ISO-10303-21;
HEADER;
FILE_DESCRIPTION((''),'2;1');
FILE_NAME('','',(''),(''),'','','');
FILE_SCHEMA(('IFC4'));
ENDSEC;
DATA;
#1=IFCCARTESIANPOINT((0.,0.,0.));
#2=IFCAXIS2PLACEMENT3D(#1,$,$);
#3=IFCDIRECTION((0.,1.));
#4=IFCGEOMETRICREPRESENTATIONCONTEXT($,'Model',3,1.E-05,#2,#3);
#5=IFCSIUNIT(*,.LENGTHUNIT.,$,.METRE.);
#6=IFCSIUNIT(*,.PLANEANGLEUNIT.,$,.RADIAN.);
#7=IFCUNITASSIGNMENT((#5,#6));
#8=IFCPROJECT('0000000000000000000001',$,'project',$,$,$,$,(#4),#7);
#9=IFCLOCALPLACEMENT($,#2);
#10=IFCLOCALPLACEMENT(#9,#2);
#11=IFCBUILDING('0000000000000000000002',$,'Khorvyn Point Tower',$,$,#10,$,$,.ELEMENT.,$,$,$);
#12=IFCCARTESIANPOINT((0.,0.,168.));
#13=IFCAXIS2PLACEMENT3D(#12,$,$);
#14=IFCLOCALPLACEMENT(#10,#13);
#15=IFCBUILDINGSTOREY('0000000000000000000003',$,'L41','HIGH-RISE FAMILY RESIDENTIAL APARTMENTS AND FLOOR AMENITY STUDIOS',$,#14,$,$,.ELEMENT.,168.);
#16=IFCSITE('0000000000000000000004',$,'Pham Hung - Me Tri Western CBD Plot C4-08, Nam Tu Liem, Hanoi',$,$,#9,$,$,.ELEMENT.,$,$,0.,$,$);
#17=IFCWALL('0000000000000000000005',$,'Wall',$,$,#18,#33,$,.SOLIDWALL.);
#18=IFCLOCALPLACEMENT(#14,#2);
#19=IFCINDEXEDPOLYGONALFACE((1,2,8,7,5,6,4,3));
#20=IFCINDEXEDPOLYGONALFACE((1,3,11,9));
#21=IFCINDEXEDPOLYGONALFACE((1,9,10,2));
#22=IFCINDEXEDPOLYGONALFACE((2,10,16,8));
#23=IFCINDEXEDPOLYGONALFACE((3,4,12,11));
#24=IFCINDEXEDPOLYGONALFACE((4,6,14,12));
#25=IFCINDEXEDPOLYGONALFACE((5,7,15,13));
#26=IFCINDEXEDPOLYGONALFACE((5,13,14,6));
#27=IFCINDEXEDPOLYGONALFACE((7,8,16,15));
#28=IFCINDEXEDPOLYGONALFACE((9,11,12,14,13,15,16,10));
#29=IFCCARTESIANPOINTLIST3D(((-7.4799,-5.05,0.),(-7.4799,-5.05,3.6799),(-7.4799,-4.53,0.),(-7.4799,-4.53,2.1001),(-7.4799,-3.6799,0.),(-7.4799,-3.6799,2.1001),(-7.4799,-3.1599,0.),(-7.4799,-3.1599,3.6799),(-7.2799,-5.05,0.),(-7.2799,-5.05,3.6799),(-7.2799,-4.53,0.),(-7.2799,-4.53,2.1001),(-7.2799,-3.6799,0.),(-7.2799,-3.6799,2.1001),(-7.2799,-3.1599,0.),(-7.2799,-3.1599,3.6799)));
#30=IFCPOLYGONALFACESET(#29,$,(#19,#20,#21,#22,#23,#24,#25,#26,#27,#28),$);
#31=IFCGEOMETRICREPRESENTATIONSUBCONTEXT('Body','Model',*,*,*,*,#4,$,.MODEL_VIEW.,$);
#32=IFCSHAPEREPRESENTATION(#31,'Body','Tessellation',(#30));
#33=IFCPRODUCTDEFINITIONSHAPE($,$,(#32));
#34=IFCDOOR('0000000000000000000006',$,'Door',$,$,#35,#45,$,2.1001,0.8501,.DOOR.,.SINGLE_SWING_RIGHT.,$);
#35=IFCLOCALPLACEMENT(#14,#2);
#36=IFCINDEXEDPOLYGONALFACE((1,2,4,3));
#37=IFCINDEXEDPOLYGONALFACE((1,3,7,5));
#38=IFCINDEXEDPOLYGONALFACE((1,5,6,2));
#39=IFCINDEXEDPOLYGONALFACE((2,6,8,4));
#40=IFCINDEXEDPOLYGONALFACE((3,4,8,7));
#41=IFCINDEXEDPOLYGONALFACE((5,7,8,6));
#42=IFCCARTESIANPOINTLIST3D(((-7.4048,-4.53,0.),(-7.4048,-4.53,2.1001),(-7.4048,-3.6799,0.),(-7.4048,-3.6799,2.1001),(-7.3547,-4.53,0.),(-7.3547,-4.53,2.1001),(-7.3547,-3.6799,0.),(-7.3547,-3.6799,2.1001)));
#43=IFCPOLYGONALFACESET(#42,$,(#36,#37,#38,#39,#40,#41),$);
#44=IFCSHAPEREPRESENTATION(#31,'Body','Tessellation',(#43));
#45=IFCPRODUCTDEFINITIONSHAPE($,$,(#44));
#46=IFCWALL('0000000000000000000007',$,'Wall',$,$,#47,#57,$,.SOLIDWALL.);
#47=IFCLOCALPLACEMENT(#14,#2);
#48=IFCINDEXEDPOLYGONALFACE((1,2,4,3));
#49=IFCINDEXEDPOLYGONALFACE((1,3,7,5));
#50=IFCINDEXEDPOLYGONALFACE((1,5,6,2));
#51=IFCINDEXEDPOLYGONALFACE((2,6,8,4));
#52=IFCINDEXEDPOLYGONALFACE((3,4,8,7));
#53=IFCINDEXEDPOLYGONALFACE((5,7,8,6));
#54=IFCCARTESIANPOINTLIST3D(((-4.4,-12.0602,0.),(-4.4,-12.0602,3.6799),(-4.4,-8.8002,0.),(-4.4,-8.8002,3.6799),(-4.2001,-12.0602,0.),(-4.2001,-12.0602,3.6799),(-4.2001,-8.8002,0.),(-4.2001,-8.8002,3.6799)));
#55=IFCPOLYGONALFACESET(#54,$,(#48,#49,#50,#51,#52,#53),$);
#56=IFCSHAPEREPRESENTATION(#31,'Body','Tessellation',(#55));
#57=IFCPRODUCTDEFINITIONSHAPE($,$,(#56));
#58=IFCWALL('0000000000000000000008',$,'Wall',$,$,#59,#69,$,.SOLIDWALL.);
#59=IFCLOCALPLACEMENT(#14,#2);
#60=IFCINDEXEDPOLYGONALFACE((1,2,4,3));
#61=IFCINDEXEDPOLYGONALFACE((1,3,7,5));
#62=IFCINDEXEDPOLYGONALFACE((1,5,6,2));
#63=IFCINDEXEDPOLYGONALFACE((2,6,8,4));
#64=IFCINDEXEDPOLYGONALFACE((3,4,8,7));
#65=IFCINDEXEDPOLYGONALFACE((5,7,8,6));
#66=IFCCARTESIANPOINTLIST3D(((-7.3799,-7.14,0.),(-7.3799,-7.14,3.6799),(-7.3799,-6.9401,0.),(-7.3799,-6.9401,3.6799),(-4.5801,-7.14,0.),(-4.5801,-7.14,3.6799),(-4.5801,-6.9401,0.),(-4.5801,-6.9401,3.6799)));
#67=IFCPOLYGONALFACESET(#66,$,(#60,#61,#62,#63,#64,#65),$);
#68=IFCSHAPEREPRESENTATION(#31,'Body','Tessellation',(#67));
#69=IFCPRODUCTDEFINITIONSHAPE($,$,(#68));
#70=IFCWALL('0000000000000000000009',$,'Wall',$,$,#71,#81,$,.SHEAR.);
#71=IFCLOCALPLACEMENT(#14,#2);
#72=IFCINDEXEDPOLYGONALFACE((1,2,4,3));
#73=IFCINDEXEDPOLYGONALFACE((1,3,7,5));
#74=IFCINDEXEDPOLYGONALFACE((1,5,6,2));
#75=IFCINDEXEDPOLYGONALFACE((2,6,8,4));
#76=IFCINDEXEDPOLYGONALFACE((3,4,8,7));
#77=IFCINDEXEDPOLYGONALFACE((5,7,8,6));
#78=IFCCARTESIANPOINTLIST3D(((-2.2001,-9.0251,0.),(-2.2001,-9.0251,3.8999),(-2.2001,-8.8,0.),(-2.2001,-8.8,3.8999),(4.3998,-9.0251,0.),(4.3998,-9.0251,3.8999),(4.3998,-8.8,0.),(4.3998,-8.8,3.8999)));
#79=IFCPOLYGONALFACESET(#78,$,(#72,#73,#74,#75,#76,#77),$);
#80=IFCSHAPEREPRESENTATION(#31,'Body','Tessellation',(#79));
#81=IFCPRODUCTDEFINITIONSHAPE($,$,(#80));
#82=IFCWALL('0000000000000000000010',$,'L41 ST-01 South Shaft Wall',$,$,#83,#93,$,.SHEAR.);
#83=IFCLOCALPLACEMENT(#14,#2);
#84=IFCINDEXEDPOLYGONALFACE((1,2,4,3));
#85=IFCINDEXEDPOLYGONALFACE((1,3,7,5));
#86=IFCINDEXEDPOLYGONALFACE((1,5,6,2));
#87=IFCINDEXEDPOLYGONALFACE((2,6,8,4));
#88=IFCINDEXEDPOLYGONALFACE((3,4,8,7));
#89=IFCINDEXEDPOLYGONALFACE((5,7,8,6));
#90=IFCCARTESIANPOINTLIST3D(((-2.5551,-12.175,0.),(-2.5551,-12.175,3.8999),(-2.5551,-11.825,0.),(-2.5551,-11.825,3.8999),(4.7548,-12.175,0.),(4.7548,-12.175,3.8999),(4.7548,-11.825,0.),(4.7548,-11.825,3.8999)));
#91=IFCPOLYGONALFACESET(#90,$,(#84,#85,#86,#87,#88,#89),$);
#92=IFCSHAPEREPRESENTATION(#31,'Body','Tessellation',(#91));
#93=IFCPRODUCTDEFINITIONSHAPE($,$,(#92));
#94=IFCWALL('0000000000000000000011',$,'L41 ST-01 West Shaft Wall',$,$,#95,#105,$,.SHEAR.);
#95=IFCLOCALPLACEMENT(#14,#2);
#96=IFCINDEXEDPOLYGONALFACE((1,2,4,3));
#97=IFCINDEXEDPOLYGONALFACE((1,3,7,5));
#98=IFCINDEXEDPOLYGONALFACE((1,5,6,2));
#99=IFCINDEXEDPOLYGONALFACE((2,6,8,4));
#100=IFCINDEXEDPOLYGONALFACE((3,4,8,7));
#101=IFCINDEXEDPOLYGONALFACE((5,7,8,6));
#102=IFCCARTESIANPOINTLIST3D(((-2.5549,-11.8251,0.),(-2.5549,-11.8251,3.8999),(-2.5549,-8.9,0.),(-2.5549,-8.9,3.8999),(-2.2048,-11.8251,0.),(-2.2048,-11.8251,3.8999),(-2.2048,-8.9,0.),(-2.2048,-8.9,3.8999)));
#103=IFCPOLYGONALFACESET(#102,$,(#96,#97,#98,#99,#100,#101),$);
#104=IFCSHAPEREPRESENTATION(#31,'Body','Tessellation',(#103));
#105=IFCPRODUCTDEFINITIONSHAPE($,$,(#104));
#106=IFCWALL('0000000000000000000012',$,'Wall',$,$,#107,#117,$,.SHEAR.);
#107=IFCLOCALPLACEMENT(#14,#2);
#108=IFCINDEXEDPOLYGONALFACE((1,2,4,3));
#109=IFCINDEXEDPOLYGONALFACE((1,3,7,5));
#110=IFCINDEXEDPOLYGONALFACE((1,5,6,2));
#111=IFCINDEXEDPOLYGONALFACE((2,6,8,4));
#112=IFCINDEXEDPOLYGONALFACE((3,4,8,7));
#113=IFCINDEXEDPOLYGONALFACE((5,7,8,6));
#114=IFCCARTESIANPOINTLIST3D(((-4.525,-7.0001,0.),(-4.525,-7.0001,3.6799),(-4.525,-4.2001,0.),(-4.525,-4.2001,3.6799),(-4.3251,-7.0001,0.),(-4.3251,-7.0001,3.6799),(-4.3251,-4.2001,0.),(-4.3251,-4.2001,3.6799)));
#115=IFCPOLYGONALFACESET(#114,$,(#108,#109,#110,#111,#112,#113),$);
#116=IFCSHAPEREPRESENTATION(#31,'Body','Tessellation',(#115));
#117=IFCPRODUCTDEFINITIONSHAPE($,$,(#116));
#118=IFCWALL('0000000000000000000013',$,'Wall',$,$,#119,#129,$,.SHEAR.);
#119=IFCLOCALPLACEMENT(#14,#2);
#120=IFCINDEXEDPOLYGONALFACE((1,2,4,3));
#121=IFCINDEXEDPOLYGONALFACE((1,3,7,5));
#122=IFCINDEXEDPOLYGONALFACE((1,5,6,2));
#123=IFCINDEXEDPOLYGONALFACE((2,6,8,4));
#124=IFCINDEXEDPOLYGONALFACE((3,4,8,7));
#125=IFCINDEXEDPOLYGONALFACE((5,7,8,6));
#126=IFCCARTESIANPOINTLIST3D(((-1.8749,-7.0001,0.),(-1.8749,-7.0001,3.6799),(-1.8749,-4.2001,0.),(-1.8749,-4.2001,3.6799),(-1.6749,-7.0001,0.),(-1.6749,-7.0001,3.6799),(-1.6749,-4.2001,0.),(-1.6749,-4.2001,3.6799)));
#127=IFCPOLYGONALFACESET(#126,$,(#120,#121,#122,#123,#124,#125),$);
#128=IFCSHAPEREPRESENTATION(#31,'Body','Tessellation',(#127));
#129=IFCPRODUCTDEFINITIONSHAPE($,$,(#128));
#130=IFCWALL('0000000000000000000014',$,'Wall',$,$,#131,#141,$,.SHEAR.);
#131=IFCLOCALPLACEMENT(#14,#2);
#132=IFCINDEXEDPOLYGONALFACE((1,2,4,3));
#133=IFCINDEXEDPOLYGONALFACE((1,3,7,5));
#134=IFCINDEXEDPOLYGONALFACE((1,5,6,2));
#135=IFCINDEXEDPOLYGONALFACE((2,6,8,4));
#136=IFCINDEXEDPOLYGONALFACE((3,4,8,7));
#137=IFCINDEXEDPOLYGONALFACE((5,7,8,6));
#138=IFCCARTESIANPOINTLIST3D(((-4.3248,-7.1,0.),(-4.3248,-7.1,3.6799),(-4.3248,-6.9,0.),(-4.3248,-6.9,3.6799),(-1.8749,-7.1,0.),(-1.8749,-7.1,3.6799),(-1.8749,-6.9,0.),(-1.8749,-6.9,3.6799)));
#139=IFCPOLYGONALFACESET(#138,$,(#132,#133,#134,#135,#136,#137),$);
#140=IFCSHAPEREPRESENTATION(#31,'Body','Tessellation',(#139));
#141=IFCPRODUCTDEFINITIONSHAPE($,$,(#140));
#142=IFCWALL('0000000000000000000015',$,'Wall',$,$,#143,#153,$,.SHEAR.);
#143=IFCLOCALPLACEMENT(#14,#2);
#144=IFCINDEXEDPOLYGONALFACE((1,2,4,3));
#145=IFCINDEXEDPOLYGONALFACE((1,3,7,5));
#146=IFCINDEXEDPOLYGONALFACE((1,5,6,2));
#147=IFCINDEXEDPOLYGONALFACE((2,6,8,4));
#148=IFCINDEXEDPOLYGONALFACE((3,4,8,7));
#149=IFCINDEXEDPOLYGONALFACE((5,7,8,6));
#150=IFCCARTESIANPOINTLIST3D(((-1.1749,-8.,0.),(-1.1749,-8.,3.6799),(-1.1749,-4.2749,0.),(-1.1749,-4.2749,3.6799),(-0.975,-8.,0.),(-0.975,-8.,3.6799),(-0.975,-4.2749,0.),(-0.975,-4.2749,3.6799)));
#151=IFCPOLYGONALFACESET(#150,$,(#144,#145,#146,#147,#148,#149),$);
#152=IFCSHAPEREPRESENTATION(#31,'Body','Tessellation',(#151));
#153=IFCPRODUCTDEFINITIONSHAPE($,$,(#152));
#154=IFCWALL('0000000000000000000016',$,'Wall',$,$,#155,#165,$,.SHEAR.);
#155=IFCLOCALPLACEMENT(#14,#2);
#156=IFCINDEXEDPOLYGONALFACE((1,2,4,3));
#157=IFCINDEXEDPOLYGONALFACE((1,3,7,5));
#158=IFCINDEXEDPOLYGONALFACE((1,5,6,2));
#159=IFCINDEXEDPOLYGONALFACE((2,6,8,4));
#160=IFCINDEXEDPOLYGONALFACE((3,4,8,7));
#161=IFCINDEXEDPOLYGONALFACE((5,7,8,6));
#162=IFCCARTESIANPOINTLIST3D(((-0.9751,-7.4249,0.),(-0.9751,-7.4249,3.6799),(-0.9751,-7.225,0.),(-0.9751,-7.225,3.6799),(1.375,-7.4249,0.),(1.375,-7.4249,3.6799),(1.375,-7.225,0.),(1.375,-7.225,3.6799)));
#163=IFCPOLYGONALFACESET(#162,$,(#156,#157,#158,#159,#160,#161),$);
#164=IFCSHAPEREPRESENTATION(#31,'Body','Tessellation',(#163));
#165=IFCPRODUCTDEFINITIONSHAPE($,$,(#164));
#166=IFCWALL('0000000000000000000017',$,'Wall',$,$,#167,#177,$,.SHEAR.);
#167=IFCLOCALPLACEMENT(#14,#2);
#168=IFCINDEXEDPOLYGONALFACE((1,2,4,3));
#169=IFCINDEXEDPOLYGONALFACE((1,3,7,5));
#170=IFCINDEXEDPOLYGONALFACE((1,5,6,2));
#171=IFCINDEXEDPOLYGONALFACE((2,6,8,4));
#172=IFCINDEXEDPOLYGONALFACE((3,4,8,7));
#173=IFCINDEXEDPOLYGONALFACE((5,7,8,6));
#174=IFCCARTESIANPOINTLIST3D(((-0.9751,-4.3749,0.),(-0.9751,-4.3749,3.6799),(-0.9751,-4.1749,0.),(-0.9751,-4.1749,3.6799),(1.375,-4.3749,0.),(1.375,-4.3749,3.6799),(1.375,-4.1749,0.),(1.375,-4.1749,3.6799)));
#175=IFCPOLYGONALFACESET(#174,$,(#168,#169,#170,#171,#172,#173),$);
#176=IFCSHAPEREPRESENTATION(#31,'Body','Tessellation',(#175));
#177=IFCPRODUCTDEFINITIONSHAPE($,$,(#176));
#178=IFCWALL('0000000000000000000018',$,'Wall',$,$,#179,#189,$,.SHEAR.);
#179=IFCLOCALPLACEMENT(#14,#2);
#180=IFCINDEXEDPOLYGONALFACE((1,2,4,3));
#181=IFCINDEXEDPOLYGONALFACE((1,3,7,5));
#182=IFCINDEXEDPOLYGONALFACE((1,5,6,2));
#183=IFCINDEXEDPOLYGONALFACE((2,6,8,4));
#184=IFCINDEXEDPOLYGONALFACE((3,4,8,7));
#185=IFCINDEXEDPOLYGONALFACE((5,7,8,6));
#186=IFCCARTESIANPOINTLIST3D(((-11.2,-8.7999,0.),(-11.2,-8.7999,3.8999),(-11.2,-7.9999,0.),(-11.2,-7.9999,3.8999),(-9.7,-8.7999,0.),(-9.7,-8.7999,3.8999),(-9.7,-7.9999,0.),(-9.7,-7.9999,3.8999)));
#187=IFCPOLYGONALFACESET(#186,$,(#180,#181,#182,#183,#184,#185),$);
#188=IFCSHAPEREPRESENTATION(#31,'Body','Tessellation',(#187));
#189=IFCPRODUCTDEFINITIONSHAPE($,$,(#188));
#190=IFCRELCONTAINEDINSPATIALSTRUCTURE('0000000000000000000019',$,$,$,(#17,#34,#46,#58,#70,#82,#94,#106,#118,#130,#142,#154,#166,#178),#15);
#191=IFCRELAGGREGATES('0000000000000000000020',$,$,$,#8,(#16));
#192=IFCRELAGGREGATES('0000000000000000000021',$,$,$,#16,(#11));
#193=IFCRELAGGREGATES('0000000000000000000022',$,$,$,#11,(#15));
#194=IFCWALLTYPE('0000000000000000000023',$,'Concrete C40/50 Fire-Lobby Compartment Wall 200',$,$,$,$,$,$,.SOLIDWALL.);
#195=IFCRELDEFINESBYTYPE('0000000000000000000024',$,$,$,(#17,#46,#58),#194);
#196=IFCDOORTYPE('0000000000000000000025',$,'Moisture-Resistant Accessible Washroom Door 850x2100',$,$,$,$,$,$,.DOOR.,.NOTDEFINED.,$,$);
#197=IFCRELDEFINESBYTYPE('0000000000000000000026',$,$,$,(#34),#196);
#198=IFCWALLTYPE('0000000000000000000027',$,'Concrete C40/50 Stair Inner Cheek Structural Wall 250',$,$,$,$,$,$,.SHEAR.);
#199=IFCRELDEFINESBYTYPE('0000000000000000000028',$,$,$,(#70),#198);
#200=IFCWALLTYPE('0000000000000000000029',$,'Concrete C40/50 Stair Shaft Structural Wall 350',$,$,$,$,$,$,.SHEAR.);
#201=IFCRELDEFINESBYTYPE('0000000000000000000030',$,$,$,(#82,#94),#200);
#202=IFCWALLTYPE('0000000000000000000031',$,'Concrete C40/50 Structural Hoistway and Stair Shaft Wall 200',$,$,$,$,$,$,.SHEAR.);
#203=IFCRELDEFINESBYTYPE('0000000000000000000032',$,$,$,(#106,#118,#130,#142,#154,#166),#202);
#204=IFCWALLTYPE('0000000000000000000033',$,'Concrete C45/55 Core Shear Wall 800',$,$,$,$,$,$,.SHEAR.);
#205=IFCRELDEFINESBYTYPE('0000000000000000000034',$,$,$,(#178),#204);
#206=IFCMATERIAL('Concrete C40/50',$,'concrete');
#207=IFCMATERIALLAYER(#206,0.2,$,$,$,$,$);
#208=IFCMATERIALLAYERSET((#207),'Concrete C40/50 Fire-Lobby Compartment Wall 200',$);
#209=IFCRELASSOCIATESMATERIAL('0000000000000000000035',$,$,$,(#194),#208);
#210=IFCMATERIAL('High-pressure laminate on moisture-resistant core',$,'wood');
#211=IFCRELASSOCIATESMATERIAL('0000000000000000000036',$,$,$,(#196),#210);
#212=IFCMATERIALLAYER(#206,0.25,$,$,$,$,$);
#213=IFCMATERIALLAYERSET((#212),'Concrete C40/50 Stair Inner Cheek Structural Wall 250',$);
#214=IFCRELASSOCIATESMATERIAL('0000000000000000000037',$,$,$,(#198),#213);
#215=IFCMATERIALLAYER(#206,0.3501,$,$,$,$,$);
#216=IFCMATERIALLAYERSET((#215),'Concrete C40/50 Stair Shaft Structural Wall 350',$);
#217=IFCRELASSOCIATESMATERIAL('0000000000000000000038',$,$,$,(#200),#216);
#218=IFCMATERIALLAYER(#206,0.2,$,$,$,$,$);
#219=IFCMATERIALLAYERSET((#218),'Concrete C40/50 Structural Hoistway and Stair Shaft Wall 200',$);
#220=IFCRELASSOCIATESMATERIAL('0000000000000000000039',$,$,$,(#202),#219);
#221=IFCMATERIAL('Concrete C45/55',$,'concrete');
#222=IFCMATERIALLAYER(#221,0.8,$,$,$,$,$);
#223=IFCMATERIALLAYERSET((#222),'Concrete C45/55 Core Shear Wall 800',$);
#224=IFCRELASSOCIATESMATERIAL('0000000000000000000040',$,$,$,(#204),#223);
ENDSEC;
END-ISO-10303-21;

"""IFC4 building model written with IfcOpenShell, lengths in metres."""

from ifc_helpers import new_model, si_unit, direction, frame, frame_2d, origin, place, context, subcontext, project, spatial, rectangle, extrude, material, layer, layer_set, type_object, element, fill, save


model = new_model("IFC4")

# Units and contexts
model_context = context("Model", 3, precision=1e-05, world=origin(), true_north=direction((0.0, 1.0)))
body_context = subcontext(model_context, "Body", "Model", "MODEL_VIEW")
ifc_project = project(units=[si_unit("LENGTHUNIT", "METRE"), si_unit("PLANEANGLEUNIT", "RADIAN")], contexts=[model_context])

# Site, building, storey
site_placement = place(None, origin())
site = spatial("IfcSite", under=ifc_project, at=site_placement, Name="Pham Hung - Me Tri Western CBD Plot C4-08, Nam Tu Liem, Hanoi", CompositionType="ELEMENT", RefElevation=0.0)
building_placement = place(site_placement, origin())
building = spatial("IfcBuilding", under=site, at=building_placement, Name="Khorvyn Point Tower", CompositionType="ELEMENT")
storey_placement = place(building_placement, frame((0.0, 0.0, 168.0)))
storey = spatial("IfcBuildingStorey", under=building, at=storey_placement, Name="L41", Description="HIGH-RISE FAMILY RESIDENTIAL APARTMENTS AND FLOOR AMENITY STUDIOS", CompositionType="ELEMENT", Elevation=168.0)

# Shared definitions
ifc_material_1 = material(Name="Concrete C40/50", Category="concrete")

# Shared definitions
ifc_material_2 = material(Name="Concrete C45/55", Category="concrete")

# Wall, opening, door
ifc_layer_1 = layer(ifc_material_1, 0.2)
ifc_layer_set_1 = layer_set([ifc_layer_1], Name="Concrete C40/50 Fire-Lobby Compartment Wall 200")
wall_type_1 = type_object("IfcWallType", Name="Concrete C40/50 Fire-Lobby Compartment Wall 200", PredefinedType="SOLIDWALL", material=ifc_layer_set_1)
ifc_material_3 = material(Name="High-pressure laminate on moisture-resistant core", Category="wood")
door_type_1 = type_object("IfcDoorType", Name="Moisture-Resistant Accessible Washroom Door 850x2100", OperationType="NOTDEFINED", PredefinedType="DOOR", material=ifc_material_3)
wall_1_placement = place(storey_placement, frame((-7.3799, -5.05, 0.0), z_axis=(0.0, 0.0, 1.0), x_axis=(0.0, 1.0, 0.0)))
wall_1 = element("IfcWall", 1, at=wall_1_placement, inside=storey, type_object=wall_type_1, Name="Wall", PredefinedType="SOLIDWALL", context=body_context, shape_type="SweptSolid", body=[
    extrude(rectangle(XDim=1.8901, YDim=0.2, at=frame_2d((0.9451, 0.0))), origin(), (0.0, 0.0, 1.0), 3.6799),
])
opening_1_placement = place(wall_1_placement, frame((0.52, 0.0, 0.0)))
opening_1 = element("IfcOpeningElement", 2, at=opening_1_placement, cuts=wall_1, PredefinedType="OPENING", context=body_context, shape_type="SweptSolid", body=[
    extrude(rectangle(XDim=0.8501, YDim=2.1001, at=frame_2d((0.425, 1.05))), frame((0.0, 0.1099, 0.0), z_axis=(0.0, -1.0, 0.0), x_axis=(1.0, 0.0, 0.0)), (0.0, 0.0, 1.0), 0.22),
])
door_1_placement = place(opening_1_placement, origin())
door_1 = element("IfcDoor", 3, at=door_1_placement, inside=storey, type_object=door_type_1, Name="Door", OperationType="SINGLE_SWING_RIGHT", OverallHeight=2.1001, OverallWidth=0.8501, PredefinedType="DOOR", context=body_context, shape_type="SweptSolid", body=[
    extrude(rectangle(XDim=0.8501, YDim=2.1001, at=frame_2d((0.425, 1.05))), frame((0.0, 0.0249, 0.0), z_axis=(0.0, -1.0, 0.0), x_axis=(1.0, 0.0, 0.0)), (0.0, 0.0, 1.0), 0.05),
])
fill(opening_1, door_1)

# Walls
wall_2_placement = place(storey_placement, frame((-4.3, -12.0601, 0.0), z_axis=(0.0, 0.0, 1.0), x_axis=(0.0, 1.0, 0.0)))
element("IfcWall", 4, at=wall_2_placement, inside=storey, type_object=wall_type_1, Name="Wall", PredefinedType="SOLIDWALL", context=body_context, shape_type="SweptSolid", body=[
    extrude(rectangle(XDim=3.26, YDim=0.2, at=frame_2d((1.6299, 0.0))), origin(), (0.0, 0.0, 1.0), 3.6799),
])
wall_3_placement = place(storey_placement, frame((-7.3799, -7.04, 0.0), z_axis=(0.0, 0.0, 1.0), x_axis=(1.0, 0.0, 0.0)))
element("IfcWall", 5, at=wall_3_placement, inside=storey, type_object=wall_type_1, Name="Wall", PredefinedType="SOLIDWALL", context=body_context, shape_type="SweptSolid", body=[
    extrude(rectangle(XDim=2.7998, YDim=0.2, at=frame_2d((1.3999, 0.0))), origin(), (0.0, 0.0, 1.0), 3.6799),
])
ifc_layer_2 = layer(ifc_material_1, 0.25)
ifc_layer_set_2 = layer_set([ifc_layer_2], Name="Concrete C40/50 Stair Inner Cheek Structural Wall 250")
wall_type_2 = type_object("IfcWallType", Name="Concrete C40/50 Stair Inner Cheek Structural Wall 250", PredefinedType="SHEAR", material=ifc_layer_set_2)
wall_4_placement = place(storey_placement, frame((-2.2, -8.9126, 0.0), z_axis=(0.0, 0.0, 1.0), x_axis=(1.0, 0.0, 0.0)))
element("IfcWall", 6, at=wall_4_placement, inside=storey, type_object=wall_type_2, Name="Wall", PredefinedType="SHEAR", context=body_context, shape_type="SweptSolid", body=[
    extrude(rectangle(XDim=6.5999, YDim=0.2251, at=frame_2d((3.2998, 0.0))), origin(), (0.0, 0.0, 1.0), 3.8999),
])
ifc_layer_3 = layer(ifc_material_1, 0.3501)
ifc_layer_set_3 = layer_set([ifc_layer_3], Name="Concrete C40/50 Stair Shaft Structural Wall 350")
wall_type_3 = type_object("IfcWallType", Name="Concrete C40/50 Stair Shaft Structural Wall 350", PredefinedType="SHEAR", material=ifc_layer_set_3)
wall_5_placement = place(storey_placement, frame((-2.5549, -12.0, 0.0), z_axis=(0.0, 0.0, 1.0), x_axis=(1.0, 0.0, 0.0)))
element("IfcWall", 7, at=wall_5_placement, inside=storey, type_object=wall_type_3, Name="L41 ST-01 South Shaft Wall", PredefinedType="SHEAR", context=body_context, shape_type="SweptSolid", body=[
    extrude(rectangle(XDim=7.3098, YDim=0.3501, at=frame_2d((3.6548, 0.0))), origin(), (0.0, 0.0, 1.0), 3.8999),
])
wall_6_placement = place(storey_placement, frame((-2.3799, -11.825, 0.0), z_axis=(0.0, 0.0, 1.0), x_axis=(0.0, 1.0, 0.0)))
element("IfcWall", 8, at=wall_6_placement, inside=storey, type_object=wall_type_3, Name="L41 ST-01 West Shaft Wall", PredefinedType="SHEAR", context=body_context, shape_type="SweptSolid", body=[
    extrude(rectangle(XDim=2.925, YDim=0.3501, at=frame_2d((1.4624, 0.0))), origin(), (0.0, 0.0, 1.0), 3.8999),
])
ifc_layer_4 = layer(ifc_material_1, 0.2)
ifc_layer_set_4 = layer_set([ifc_layer_4], Name="Concrete C40/50 Structural Hoistway and Stair Shaft Wall 200")
wall_type_4 = type_object("IfcWallType", Name="Concrete C40/50 Structural Hoistway and Stair Shaft Wall 200", PredefinedType="SHEAR", material=ifc_layer_set_4)
for number, where, z_axis, x_axis, name in (
    (9, (-4.425, -7.0, 0.0), (0.0, 0.0, 1.0), (0.0, 1.0, 0.0), "Wall"),
    (10, (-1.7749, -7.0, 0.0), (0.0, 0.0, 1.0), (0.0, 1.0, 0.0), "Wall"),
):
    element("IfcWall", number, at=place(storey_placement, frame(where, z_axis=z_axis, x_axis=x_axis)), inside=storey, type_object=wall_type_4, Name=name, PredefinedType="SHEAR", context=body_context, shape_type="SweptSolid", body=[
        extrude(rectangle(XDim=2.8, YDim=0.2, at=frame_2d((1.3999, 0.0))), origin(), (0.0, 0.0, 1.0), 3.6799),
    ])
wall_7_placement = place(storey_placement, frame((-4.325, -7.0, 0.0), z_axis=(0.0, 0.0, 1.0), x_axis=(1.0, 0.0, 0.0)))
element("IfcWall", 11, at=wall_7_placement, inside=storey, type_object=wall_type_4, Name="Wall", PredefinedType="SHEAR", context=body_context, shape_type="SweptSolid", body=[
    extrude(rectangle(XDim=2.45, YDim=0.2, at=frame_2d((1.2251, 0.0))), origin(), (0.0, 0.0, 1.0), 3.6799),
])
wall_8_placement = place(storey_placement, frame((-1.075, -8.0, 0.0), z_axis=(0.0, 0.0, 1.0), x_axis=(0.0, 1.0, 0.0)))
element("IfcWall", 12, at=wall_8_placement, inside=storey, type_object=wall_type_4, Name="Wall", PredefinedType="SHEAR", context=body_context, shape_type="SweptSolid", body=[
    extrude(rectangle(XDim=3.7251, YDim=0.2, at=frame_2d((1.8625, 0.0))), origin(), (0.0, 0.0, 1.0), 3.6799),
])
for number, where, z_axis, x_axis, name in (
    (13, (-0.9751, -7.325, 0.0), (0.0, 0.0, 1.0), (1.0, 0.0, 0.0), "Wall"),
    (14, (-0.9751, -4.2749, 0.0), (0.0, 0.0, 1.0), (1.0, 0.0, 0.0), "Wall"),
):
    element("IfcWall", number, at=place(storey_placement, frame(where, z_axis=z_axis, x_axis=x_axis)), inside=storey, type_object=wall_type_4, Name=name, PredefinedType="SHEAR", context=body_context, shape_type="SweptSolid", body=[
        extrude(rectangle(XDim=2.3501, YDim=0.2, at=frame_2d((1.175, 0.0))), origin(), (0.0, 0.0, 1.0), 3.6799),
    ])
ifc_layer_5 = layer(ifc_material_2, 0.8)
ifc_layer_set_5 = layer_set([ifc_layer_5], Name="Concrete C45/55 Core Shear Wall 800")
wall_type_5 = type_object("IfcWallType", Name="Concrete C45/55 Core Shear Wall 800", PredefinedType="SHEAR", material=ifc_layer_set_5)
wall_9_placement = place(storey_placement, frame((-11.2, -8.3999, 0.0), z_axis=(0.0, 0.0, 1.0), x_axis=(1.0, 0.0, 0.0)))
element("IfcWall", 15, at=wall_9_placement, inside=storey, type_object=wall_type_5, Name="Wall", PredefinedType="SHEAR", context=body_context, shape_type="SweptSolid", body=[
    extrude(rectangle(XDim=1.5, YDim=0.8, at=frame_2d((0.75, 0.0))), origin(), (0.0, 0.0, 1.0), 3.8999),
])

save(model, "model.ifc")
